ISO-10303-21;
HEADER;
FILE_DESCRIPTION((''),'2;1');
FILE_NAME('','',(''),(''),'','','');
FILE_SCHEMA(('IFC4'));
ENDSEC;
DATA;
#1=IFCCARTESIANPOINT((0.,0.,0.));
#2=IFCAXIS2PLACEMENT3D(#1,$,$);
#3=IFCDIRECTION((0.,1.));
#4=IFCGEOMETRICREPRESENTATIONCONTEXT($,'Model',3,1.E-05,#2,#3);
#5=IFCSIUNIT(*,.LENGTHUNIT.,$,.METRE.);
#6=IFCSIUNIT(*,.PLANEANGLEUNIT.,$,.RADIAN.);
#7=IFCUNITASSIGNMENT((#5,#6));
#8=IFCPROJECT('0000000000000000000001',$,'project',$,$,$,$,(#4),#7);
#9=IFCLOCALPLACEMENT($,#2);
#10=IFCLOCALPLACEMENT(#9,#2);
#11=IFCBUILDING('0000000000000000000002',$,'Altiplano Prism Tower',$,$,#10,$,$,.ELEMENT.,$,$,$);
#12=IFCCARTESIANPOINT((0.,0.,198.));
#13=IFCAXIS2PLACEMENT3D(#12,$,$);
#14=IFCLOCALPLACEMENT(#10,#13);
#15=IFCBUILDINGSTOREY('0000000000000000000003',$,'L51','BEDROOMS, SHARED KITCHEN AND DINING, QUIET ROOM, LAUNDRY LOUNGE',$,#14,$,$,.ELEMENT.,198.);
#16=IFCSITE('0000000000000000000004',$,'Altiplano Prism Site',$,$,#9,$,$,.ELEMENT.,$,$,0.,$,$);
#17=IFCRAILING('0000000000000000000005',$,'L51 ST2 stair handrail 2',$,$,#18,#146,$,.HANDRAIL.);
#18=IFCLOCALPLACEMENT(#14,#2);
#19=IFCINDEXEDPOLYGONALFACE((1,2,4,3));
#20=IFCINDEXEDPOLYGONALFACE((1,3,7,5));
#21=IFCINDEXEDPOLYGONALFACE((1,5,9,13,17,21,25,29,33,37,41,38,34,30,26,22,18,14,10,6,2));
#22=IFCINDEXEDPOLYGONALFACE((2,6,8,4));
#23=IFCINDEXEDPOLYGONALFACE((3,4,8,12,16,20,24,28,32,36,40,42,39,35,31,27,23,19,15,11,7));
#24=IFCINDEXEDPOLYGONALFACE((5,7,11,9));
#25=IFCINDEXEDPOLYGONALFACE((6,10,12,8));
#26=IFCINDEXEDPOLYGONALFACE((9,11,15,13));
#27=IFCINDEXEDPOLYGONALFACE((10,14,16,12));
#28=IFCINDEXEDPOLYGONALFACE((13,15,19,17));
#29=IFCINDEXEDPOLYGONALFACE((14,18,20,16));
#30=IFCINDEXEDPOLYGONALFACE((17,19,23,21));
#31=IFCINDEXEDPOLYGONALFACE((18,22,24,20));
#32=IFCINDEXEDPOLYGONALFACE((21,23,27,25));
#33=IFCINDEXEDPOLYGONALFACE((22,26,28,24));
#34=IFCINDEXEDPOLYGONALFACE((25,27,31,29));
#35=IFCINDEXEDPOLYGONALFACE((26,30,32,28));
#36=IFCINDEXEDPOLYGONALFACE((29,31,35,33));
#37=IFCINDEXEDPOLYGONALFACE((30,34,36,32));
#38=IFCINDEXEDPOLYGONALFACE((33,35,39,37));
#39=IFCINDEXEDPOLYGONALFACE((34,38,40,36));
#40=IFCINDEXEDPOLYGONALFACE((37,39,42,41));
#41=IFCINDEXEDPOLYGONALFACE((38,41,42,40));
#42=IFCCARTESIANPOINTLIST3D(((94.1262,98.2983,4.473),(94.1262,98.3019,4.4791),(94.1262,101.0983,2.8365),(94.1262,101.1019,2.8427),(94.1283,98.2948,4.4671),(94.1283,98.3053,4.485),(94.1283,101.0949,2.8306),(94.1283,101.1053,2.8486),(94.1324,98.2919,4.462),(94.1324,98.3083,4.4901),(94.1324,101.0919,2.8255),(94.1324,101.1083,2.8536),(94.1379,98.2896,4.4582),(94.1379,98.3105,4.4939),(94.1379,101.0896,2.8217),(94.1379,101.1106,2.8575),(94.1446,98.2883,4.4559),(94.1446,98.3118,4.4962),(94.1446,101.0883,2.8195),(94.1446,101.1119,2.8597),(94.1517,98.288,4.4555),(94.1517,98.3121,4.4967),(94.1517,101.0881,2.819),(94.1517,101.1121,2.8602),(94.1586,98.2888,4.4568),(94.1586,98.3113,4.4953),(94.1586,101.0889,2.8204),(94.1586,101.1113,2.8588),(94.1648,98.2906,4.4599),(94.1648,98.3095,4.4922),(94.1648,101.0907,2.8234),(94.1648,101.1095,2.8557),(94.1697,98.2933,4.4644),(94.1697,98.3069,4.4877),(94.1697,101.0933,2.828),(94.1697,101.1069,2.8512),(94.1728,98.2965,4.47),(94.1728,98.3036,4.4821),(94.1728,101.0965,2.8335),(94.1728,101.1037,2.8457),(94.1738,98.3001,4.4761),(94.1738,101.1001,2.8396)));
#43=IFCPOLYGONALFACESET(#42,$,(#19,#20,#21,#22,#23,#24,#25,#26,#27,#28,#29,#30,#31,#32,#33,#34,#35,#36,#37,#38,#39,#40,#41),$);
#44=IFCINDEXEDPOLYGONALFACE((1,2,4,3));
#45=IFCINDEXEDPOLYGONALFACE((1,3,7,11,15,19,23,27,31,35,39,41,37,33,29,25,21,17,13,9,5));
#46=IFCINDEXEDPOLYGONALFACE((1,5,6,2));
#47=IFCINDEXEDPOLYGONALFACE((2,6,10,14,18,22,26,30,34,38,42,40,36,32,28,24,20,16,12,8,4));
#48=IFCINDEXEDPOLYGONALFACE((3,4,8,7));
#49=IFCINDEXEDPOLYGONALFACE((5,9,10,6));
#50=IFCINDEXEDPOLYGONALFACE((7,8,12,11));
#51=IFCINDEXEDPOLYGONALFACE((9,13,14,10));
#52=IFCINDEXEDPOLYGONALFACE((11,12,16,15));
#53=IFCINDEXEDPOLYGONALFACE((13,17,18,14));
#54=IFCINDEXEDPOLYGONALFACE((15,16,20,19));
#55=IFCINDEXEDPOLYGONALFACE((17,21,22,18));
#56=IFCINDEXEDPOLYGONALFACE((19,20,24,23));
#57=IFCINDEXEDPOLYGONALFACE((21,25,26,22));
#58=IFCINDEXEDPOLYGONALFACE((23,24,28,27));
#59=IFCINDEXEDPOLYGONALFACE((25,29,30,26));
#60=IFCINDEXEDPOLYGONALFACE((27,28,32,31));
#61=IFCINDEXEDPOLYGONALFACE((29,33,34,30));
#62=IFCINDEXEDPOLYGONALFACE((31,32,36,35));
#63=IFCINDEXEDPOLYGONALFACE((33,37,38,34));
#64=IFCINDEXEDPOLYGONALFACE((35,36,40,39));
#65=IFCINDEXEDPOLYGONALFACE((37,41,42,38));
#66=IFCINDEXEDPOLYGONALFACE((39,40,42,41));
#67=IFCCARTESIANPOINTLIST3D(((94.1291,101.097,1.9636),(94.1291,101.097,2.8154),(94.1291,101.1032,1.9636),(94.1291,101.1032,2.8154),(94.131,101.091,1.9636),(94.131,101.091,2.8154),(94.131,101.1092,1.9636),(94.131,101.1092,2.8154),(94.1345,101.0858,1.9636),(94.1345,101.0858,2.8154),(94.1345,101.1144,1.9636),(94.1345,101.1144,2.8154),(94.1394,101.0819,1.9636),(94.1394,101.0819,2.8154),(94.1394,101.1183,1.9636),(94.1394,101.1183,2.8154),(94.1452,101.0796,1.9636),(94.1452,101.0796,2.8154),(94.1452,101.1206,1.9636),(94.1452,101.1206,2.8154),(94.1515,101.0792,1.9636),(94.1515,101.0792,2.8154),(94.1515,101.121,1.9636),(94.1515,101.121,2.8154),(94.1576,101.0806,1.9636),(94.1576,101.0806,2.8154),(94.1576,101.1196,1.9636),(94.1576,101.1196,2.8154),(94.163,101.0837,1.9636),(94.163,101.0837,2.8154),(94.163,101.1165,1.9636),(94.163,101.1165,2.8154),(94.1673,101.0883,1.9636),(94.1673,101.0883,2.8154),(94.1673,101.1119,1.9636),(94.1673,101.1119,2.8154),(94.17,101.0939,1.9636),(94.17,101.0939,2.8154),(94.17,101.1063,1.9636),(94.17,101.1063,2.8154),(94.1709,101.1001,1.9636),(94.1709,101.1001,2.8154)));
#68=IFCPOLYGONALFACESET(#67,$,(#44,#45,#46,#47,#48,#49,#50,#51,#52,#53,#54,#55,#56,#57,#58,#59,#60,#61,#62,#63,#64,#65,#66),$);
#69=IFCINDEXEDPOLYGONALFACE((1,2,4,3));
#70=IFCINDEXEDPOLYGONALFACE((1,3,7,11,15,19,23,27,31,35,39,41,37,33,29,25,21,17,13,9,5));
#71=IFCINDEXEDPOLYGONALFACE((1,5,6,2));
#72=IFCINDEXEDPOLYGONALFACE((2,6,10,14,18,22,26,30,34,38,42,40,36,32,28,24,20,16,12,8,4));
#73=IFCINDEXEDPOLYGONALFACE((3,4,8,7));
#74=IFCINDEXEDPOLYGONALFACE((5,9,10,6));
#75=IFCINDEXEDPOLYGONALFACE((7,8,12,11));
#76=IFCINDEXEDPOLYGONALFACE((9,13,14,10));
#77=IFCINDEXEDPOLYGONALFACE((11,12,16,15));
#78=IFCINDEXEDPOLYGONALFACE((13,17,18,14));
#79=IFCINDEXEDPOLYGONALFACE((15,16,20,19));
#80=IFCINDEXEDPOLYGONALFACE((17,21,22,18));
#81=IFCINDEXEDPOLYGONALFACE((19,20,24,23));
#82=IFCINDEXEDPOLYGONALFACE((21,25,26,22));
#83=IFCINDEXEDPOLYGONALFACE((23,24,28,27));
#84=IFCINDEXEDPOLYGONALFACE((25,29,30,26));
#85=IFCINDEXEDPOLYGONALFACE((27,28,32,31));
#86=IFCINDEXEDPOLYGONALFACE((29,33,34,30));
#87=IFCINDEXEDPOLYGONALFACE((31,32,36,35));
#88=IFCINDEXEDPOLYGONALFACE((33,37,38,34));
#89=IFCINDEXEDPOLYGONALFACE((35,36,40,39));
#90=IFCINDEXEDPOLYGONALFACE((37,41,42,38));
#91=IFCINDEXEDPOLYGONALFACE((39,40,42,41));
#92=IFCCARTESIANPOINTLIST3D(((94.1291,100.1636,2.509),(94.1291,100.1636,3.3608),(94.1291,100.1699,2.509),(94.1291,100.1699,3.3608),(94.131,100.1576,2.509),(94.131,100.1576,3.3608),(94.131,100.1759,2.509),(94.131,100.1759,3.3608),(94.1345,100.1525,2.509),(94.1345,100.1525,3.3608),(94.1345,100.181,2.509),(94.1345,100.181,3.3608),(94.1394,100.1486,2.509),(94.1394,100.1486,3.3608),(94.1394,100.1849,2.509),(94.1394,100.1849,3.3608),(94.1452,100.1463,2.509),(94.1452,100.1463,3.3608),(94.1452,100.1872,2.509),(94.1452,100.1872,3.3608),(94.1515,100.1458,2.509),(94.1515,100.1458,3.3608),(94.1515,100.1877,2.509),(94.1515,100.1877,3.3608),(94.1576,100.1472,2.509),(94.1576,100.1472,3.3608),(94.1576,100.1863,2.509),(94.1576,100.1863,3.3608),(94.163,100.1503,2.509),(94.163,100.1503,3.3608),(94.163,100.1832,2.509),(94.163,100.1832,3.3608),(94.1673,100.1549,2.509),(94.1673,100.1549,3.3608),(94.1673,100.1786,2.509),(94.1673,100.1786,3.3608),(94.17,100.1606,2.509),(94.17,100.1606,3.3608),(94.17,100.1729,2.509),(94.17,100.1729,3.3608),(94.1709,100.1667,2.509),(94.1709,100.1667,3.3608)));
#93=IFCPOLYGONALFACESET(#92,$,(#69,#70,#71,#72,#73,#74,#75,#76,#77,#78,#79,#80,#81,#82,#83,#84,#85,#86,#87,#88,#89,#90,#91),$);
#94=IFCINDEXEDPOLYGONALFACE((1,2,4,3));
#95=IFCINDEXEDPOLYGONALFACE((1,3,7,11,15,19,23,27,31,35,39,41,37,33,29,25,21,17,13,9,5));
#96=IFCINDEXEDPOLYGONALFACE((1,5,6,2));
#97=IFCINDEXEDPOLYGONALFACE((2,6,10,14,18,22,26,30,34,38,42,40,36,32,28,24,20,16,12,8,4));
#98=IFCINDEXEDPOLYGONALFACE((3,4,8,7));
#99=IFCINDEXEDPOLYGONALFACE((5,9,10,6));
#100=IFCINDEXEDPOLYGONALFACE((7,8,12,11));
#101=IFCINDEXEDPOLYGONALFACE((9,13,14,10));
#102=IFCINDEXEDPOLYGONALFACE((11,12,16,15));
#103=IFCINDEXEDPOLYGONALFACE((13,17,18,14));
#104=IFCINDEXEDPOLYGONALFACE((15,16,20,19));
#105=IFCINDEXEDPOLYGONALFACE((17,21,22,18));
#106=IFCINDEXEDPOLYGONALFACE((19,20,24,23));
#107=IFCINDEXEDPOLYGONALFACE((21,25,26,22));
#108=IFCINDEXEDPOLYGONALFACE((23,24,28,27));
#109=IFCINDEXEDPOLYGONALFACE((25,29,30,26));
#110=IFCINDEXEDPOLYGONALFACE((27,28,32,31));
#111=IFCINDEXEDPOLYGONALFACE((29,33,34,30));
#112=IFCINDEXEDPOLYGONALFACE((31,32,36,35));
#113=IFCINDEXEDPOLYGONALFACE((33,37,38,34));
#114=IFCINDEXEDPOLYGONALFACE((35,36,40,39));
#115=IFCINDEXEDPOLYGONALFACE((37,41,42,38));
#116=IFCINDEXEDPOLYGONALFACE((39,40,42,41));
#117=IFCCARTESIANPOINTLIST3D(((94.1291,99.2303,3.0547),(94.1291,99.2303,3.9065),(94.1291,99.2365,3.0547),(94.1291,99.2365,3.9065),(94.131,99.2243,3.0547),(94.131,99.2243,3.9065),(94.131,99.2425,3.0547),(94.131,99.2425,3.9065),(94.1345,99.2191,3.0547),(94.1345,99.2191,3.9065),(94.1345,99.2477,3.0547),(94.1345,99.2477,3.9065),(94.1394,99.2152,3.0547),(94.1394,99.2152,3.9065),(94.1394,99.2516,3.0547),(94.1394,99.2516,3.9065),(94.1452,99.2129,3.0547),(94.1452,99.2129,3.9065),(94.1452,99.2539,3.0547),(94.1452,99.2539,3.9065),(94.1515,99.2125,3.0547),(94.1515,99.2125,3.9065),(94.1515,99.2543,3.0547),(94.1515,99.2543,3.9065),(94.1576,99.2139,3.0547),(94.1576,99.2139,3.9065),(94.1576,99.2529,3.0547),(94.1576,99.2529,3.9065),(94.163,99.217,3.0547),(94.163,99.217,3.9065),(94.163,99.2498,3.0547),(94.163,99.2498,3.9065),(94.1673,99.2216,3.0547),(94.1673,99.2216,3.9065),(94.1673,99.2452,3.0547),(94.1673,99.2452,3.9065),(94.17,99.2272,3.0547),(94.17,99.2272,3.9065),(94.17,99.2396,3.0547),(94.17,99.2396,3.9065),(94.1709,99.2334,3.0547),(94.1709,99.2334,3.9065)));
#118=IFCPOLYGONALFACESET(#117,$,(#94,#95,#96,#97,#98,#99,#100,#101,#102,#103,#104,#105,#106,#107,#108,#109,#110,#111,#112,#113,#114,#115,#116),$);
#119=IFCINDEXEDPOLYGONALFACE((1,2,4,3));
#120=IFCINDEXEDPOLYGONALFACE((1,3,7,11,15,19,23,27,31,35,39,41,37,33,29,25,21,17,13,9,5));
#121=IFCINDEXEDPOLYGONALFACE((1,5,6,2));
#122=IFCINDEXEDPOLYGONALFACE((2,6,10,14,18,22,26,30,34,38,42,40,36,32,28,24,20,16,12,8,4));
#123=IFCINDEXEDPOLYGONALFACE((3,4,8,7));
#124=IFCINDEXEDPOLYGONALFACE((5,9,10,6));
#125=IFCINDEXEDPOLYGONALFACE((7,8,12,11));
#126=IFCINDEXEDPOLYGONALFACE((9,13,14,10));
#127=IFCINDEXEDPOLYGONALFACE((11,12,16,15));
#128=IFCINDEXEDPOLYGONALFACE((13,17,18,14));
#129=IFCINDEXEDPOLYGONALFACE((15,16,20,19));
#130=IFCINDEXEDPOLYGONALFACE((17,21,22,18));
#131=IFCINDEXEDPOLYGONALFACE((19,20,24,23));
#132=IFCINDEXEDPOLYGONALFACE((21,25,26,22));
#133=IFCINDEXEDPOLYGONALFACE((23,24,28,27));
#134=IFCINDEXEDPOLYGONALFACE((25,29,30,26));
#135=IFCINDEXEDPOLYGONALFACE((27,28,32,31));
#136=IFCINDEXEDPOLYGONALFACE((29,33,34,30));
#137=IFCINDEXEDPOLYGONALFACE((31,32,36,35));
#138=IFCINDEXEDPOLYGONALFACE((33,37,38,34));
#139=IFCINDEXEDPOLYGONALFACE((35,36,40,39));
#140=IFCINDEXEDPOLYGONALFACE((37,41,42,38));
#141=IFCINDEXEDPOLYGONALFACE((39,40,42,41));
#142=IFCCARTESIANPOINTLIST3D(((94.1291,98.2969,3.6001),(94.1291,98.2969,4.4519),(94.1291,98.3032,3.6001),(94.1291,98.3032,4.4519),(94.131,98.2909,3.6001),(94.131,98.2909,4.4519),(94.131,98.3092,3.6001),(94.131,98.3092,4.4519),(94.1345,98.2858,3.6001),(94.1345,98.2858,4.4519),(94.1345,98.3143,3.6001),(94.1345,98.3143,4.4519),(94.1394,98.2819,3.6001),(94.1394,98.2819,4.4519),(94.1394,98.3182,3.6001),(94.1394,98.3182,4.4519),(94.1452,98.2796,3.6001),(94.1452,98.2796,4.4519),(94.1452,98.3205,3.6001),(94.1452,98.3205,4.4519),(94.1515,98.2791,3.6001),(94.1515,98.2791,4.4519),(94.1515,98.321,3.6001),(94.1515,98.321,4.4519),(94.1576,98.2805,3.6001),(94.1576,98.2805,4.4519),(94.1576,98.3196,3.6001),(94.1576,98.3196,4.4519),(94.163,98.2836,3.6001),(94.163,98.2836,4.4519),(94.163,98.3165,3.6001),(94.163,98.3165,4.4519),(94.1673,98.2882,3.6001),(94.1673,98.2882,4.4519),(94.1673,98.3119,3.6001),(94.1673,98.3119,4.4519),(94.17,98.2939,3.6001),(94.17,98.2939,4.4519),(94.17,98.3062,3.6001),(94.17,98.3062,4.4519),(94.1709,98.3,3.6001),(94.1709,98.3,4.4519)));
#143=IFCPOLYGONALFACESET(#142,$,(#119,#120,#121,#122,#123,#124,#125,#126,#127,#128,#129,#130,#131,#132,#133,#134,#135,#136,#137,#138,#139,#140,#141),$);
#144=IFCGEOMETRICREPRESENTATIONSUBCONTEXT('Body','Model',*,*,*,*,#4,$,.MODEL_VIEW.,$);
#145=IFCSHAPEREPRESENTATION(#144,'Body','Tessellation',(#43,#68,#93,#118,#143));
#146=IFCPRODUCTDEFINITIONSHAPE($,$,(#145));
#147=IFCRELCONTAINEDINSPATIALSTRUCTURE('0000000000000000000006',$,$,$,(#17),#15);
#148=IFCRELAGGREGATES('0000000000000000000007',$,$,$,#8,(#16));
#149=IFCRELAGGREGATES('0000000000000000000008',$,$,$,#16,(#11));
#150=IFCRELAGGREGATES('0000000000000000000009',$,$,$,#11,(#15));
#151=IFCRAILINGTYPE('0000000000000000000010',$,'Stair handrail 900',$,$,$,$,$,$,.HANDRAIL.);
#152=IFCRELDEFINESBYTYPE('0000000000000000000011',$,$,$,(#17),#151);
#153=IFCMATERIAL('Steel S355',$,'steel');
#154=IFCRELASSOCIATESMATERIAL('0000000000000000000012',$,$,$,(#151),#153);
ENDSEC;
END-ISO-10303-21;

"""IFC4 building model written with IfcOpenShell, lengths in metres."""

from ifc_helpers import new_model, si_unit, direction, frame, origin, origin_2d, place, context, subcontext, project, spatial, circle, extrude, material, type_object, element, save


model = new_model("IFC4")

# Units and contexts
model_context = context("Model", 3, precision=1e-05, world=origin(), true_north=direction((0.0, 1.0)))
body_context = subcontext(model_context, "Body", "Model", "MODEL_VIEW")
ifc_project = project(units=[si_unit("LENGTHUNIT", "METRE"), si_unit("PLANEANGLEUNIT", "RADIAN")], contexts=[model_context])

# Site, building, storey
site_placement = place(None, origin())
site = spatial("IfcSite", under=ifc_project, at=site_placement, Name="Altiplano Prism Site", CompositionType="ELEMENT", RefElevation=0.0)
building_placement = place(site_placement, origin())
building = spatial("IfcBuilding", under=site, at=building_placement, Name="Altiplano Prism Tower", CompositionType="ELEMENT")
storey_placement = place(building_placement, frame((0.0, 0.0, 198.0)))
storey = spatial("IfcBuildingStorey", under=building, at=storey_placement, Name="L51", Description="BEDROOMS, SHARED KITCHEN AND DINING, QUIET ROOM, LAUNDRY LOUNGE", CompositionType="ELEMENT", Elevation=198.0)

# Railing
ifc_material_1 = material(Name="Steel S355", Category="steel")
railing_type_1 = type_object("IfcRailingType", Name="Stair handrail 900", PredefinedType="HANDRAIL", material=ifc_material_1)
railing_1_placement = place(storey_placement, frame((94.1499, 101.1001, 1.9636)))
element("IfcRailing", 1, at=railing_1_placement, inside=storey, type_object=railing_type_1, Name="L51 ST2 stair handrail 2", PredefinedType="HANDRAIL", context=body_context, shape_type="SweptSolid", body=[
    extrude(circle(Radius=0.0239, at=origin_2d()), frame((0.0, 0.0, 0.876), z_axis=(0.0, -0.863361, 0.504587), x_axis=(1.0, 0.0, 0.0)), (0.0, 0.0, 1.0), 3.2432),
    extrude(circle(Radius=0.021, at=origin_2d()), origin(), (0.0, 0.0, 1.0), 0.8518),
    extrude(circle(Radius=0.021, at=origin_2d()), frame((0.0, -0.9333, 0.5454)), (0.0, 0.0, 1.0), 0.8518),
    extrude(circle(Radius=0.021, at=origin_2d()), frame((0.0, -1.8667, 1.0911)), (0.0, 0.0, 1.0), 0.8518),
    extrude(circle(Radius=0.021, at=origin_2d()), frame((0.0, -2.8, 1.6365)), (0.0, 0.0, 1.0), 0.8518),
])

save(model, "model.ifc")
